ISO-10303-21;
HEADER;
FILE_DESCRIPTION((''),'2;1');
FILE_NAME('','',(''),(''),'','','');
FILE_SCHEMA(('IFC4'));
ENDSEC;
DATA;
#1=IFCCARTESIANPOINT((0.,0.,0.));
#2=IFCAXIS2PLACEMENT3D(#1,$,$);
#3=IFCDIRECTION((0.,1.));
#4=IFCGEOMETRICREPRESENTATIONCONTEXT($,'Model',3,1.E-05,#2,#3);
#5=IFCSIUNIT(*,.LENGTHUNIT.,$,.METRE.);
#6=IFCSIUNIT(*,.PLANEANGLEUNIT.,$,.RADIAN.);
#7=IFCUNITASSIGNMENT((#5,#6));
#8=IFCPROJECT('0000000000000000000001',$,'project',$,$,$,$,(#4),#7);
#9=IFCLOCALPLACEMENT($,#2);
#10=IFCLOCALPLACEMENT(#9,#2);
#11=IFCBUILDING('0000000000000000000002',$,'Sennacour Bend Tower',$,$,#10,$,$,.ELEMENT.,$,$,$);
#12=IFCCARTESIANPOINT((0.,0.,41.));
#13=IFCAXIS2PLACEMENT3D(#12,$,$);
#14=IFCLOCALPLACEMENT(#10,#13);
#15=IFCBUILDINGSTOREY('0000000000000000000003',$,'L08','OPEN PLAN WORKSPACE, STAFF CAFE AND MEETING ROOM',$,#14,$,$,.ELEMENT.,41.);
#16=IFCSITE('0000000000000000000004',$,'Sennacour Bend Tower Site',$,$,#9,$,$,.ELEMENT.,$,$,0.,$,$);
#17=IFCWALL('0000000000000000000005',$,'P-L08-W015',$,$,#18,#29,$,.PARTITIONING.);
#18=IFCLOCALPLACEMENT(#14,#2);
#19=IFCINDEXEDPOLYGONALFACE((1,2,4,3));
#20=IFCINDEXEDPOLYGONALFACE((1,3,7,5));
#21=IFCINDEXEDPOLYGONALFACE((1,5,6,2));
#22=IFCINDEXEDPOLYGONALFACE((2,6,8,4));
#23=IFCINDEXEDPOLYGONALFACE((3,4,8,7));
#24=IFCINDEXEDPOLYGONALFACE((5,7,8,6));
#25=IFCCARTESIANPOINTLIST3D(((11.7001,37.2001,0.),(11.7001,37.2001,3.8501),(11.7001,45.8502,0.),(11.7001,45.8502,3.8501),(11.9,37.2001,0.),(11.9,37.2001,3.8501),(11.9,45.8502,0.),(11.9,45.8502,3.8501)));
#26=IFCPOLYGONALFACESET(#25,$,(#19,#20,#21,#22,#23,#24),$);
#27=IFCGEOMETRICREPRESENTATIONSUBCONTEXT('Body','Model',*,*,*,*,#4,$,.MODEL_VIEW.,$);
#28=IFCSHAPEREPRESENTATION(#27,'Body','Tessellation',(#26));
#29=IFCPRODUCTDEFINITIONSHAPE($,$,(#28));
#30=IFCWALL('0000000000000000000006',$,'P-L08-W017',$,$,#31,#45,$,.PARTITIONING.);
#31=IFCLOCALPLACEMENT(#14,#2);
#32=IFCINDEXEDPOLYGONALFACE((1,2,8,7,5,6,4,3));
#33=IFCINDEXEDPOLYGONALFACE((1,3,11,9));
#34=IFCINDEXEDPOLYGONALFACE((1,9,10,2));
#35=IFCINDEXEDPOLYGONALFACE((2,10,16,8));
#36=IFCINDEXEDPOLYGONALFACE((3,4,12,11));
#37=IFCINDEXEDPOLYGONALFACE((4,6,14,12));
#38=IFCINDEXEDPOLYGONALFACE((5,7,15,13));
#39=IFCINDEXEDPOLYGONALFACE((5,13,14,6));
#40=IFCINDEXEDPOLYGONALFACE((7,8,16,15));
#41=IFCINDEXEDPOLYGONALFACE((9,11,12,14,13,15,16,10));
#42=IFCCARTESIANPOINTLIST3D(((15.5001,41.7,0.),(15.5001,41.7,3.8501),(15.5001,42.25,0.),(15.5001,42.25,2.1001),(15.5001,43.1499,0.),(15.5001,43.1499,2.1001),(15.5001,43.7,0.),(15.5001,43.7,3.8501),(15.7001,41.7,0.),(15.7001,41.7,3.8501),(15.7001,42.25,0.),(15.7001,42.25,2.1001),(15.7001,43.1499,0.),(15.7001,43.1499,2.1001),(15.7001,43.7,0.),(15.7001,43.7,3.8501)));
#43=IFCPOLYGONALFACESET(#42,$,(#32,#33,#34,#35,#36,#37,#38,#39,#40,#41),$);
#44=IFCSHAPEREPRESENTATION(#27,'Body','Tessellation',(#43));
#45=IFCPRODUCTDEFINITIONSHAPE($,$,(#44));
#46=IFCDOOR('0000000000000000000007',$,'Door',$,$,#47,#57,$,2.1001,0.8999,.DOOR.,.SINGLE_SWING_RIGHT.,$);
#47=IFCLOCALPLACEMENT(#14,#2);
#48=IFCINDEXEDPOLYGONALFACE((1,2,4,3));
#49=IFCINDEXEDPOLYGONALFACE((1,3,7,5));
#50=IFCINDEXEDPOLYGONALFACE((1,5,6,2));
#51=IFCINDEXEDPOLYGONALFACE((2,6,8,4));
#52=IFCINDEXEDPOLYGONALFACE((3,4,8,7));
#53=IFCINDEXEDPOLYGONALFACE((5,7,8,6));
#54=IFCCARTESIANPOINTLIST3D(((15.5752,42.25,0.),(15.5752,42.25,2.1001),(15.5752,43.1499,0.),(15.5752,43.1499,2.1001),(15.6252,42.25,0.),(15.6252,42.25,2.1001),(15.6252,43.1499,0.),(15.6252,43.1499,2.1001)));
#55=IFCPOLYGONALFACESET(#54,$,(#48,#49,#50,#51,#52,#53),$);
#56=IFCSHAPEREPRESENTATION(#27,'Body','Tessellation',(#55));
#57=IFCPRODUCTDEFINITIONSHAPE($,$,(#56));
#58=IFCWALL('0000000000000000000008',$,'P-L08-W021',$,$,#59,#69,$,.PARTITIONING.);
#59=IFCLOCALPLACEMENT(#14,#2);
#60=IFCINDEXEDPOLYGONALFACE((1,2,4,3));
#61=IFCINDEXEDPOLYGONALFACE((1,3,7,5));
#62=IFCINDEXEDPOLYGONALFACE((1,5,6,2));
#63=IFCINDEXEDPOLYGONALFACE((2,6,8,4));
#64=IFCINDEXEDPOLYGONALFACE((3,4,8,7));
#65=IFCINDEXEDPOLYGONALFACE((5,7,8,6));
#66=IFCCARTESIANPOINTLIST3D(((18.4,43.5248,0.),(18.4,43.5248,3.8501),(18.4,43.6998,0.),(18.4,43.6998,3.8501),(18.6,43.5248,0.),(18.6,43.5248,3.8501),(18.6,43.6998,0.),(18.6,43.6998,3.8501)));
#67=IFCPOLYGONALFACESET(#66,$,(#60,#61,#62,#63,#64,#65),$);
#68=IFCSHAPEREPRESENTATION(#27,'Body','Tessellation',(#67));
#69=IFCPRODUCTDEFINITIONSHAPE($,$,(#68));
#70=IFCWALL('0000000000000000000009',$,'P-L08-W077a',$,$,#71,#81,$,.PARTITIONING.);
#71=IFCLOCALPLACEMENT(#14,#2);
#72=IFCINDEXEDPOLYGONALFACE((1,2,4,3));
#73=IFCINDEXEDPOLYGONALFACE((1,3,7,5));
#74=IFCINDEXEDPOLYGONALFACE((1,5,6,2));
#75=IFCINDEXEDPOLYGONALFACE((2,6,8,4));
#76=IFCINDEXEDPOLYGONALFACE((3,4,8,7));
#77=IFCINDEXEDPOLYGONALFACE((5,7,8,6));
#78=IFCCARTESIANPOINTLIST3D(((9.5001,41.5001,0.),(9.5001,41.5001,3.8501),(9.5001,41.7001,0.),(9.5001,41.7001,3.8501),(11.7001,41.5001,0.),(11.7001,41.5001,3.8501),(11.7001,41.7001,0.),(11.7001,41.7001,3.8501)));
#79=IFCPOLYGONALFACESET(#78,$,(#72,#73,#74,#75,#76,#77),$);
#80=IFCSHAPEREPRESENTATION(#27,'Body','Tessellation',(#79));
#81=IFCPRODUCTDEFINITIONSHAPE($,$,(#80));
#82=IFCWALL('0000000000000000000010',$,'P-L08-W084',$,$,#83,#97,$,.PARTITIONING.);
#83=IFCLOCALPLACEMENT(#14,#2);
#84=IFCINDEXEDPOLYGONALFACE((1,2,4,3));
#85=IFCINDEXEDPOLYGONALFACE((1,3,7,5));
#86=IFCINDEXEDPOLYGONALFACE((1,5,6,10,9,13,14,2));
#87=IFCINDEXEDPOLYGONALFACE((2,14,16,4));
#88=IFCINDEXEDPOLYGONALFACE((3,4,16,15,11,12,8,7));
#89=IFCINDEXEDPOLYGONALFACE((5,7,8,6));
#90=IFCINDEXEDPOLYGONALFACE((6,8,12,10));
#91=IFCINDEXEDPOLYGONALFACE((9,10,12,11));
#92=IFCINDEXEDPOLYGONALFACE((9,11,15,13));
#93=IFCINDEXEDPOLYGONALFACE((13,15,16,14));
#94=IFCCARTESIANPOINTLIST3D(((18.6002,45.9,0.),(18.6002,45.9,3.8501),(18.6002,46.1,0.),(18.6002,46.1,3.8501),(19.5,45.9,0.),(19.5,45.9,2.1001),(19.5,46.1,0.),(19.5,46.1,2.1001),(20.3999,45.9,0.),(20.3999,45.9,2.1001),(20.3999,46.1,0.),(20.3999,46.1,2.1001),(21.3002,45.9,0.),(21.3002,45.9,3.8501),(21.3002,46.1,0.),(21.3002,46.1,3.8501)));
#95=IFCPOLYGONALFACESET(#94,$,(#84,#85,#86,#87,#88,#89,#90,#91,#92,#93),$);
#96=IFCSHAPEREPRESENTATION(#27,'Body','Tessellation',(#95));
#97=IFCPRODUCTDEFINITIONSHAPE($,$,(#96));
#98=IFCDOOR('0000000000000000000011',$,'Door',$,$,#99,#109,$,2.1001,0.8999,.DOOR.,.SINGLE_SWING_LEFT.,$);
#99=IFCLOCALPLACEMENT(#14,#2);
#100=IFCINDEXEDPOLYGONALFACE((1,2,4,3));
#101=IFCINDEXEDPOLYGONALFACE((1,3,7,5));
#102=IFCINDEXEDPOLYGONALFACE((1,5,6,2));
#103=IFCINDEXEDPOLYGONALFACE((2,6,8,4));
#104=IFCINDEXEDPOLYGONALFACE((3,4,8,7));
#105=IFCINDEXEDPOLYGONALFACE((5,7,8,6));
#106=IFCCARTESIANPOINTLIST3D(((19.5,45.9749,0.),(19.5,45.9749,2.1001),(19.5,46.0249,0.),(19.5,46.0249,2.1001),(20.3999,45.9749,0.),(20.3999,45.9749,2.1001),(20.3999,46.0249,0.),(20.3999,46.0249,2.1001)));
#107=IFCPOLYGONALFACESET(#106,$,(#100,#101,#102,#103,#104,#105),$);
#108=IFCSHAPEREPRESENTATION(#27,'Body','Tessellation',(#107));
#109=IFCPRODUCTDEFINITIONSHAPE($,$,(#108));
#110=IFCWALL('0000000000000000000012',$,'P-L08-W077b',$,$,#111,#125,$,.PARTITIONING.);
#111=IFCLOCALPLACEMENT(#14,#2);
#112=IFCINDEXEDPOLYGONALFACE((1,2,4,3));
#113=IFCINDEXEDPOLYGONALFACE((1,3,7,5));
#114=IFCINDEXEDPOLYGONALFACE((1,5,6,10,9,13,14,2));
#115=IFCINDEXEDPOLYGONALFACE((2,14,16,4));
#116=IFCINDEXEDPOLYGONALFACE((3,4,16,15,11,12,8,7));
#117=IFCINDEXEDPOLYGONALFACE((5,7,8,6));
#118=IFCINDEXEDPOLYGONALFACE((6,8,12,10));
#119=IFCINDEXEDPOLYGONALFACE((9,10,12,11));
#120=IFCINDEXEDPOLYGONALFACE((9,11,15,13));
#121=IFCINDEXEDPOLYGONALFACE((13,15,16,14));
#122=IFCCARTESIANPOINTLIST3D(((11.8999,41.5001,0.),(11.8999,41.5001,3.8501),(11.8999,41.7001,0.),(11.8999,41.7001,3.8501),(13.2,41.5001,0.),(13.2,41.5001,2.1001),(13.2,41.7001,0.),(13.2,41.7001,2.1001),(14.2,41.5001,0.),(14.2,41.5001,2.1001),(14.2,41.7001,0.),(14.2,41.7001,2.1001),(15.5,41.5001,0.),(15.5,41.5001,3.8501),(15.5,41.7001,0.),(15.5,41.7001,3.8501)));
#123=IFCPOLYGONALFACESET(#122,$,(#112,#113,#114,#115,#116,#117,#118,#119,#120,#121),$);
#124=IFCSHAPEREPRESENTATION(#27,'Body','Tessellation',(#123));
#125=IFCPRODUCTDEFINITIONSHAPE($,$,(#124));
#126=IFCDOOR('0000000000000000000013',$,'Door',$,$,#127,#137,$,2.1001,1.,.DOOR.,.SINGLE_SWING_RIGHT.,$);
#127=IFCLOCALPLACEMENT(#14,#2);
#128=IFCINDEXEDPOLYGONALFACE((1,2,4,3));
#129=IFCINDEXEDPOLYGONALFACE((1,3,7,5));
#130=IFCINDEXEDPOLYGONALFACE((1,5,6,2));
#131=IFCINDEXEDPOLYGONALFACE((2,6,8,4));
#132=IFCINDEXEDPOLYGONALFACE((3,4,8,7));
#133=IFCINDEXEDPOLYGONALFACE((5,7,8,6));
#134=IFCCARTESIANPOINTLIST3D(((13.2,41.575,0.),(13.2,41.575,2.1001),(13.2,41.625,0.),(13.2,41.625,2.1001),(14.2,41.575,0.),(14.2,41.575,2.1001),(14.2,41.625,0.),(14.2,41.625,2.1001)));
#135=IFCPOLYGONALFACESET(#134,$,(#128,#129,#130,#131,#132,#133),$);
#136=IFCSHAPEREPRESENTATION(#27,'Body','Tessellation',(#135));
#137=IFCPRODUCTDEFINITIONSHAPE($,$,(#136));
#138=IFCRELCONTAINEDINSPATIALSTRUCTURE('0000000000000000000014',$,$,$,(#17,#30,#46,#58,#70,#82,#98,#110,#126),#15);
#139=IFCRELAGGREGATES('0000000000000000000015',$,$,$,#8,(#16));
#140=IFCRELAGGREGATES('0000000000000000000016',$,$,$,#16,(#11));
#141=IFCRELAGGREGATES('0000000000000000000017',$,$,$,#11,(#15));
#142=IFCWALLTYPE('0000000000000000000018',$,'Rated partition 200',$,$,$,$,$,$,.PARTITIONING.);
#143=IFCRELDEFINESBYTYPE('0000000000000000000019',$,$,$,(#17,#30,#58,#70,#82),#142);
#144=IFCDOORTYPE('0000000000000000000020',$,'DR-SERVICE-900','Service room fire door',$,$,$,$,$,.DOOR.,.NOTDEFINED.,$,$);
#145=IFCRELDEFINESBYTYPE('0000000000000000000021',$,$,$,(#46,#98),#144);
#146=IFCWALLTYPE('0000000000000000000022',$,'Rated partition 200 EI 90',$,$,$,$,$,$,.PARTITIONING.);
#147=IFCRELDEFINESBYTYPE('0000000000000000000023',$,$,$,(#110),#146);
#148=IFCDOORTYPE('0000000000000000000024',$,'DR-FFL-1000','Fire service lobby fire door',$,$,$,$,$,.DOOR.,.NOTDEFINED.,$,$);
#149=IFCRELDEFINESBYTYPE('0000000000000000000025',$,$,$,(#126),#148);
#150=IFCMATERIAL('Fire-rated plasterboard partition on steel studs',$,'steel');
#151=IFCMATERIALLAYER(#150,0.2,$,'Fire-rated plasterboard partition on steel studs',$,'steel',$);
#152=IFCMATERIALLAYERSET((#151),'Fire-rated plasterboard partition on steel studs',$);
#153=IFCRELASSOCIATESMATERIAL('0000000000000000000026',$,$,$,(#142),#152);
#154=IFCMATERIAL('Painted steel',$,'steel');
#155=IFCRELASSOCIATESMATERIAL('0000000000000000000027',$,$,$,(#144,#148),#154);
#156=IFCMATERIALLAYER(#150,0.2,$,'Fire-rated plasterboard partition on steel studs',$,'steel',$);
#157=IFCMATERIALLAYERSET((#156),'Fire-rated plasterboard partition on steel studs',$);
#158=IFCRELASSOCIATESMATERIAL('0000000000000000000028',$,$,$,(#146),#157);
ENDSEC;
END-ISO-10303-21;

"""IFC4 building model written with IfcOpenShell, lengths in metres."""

from ifc_helpers import new_model, si_unit, direction, frame, frame_2d, origin, place, context, subcontext, project, spatial, rectangle, extrude, material, layer, layer_set, type_object, element, fill, save


model = new_model("IFC4")

# Units and contexts
model_context = context("Model", 3, precision=1e-05, world=origin(), true_north=direction((0.0, 1.0)))
body_context = subcontext(model_context, "Body", "Model", "MODEL_VIEW")
ifc_project = project(units=[si_unit("LENGTHUNIT", "METRE"), si_unit("PLANEANGLEUNIT", "RADIAN")], contexts=[model_context])

# Site, building, storey
site_placement = place(None, origin())
site = spatial("IfcSite", under=ifc_project, at=site_placement, Name="Sennacour Bend Tower Site", CompositionType="ELEMENT", RefElevation=0.0)
building_placement = place(site_placement, origin())
building = spatial("IfcBuilding", under=site, at=building_placement, Name="Sennacour Bend Tower", CompositionType="ELEMENT")
storey_placement = place(building_placement, frame((0.0, 0.0, 41.0)))
storey = spatial("IfcBuildingStorey", under=building, at=storey_placement, Name="L08", Description="OPEN PLAN WORKSPACE, STAFF CAFE AND MEETING ROOM", CompositionType="ELEMENT", Elevation=41.0)

# Wall
ifc_material_1 = material(Name="Fire-rated plasterboard partition on steel studs", Category="steel")
ifc_layer_1 = layer(ifc_material_1, 0.2, Name="Fire-rated plasterboard partition on steel studs", Category="steel")
ifc_layer_set_1 = layer_set([ifc_layer_1], Name="Fire-rated plasterboard partition on steel studs")
wall_type_1 = type_object("IfcWallType", Name="Rated partition 200", PredefinedType="PARTITIONING", material=ifc_layer_set_1)
wall_1_placement = place(storey_placement, frame((11.8, 37.2, 0.0), z_axis=(0.0, 0.0, 1.0), x_axis=(0.0, 1.0, 0.0)))
element("IfcWall", 1, at=wall_1_placement, inside=storey, type_object=wall_type_1, Name="P-L08-W015", PredefinedType="PARTITIONING", context=body_context, shape_type="SweptSolid", body=[
    extrude(rectangle(XDim=8.6501, YDim=0.2, at=frame_2d((4.3252, 0.0))), origin(), (0.0, 0.0, 1.0), 3.8501),
])

# Wall, opening, door
wall_2_placement = place(storey_placement, frame((15.6001, 41.7, 0.0), z_axis=(0.0, 0.0, 1.0), x_axis=(0.0, 1.0, 0.0)))
wall_2 = element("IfcWall", 2, at=wall_2_placement, inside=storey, type_object=wall_type_1, Name="P-L08-W017", PredefinedType="PARTITIONING", context=body_context, shape_type="SweptSolid", body=[
    extrude(rectangle(XDim=2.0, YDim=0.2, at=frame_2d((1.0, 0.0))), origin(), (0.0, 0.0, 1.0), 3.8501),
])
opening_1_placement = place(wall_2_placement, frame((0.55, 0.0, 0.0)))
opening_1 = element("IfcOpeningElement", 3, at=opening_1_placement, cuts=wall_2, PredefinedType="OPENING", context=body_context, shape_type="SweptSolid", body=[
    extrude(rectangle(XDim=0.8999, YDim=2.1001, at=frame_2d((0.45, 1.05))), frame((0.0, 0.1099, 0.0), z_axis=(0.0, -1.0, 0.0), x_axis=(1.0, 0.0, 0.0)), (0.0, 0.0, 1.0), 0.22),
])
ifc_material_2 = material(Name="Painted steel", Category="steel")
door_type_1 = type_object("IfcDoorType", Name="DR-SERVICE-900", Description="Service room fire door", OperationType="NOTDEFINED", PredefinedType="DOOR", material=ifc_material_2)
door_1_placement = place(opening_1_placement, origin())
door_1 = element("IfcDoor", 4, at=door_1_placement, inside=storey, type_object=door_type_1, Name="Door", OperationType="SINGLE_SWING_RIGHT", OverallHeight=2.1001, OverallWidth=0.8999, PredefinedType="DOOR", context=body_context, shape_type="SweptSolid", body=[
    extrude(rectangle(XDim=0.8999, YDim=2.1001, at=frame_2d((0.45, 1.05))), frame((0.0, 0.0249, 0.0), z_axis=(0.0, -1.0, 0.0), x_axis=(1.0, 0.0, 0.0)), (0.0, 0.0, 1.0), 0.05),
])
fill(opening_1, door_1)

# Walls
wall_3_placement = place(storey_placement, frame((18.5, 43.5249, 0.0), z_axis=(0.0, 0.0, 1.0), x_axis=(0.0, 1.0, 0.0)))
element("IfcWall", 5, at=wall_3_placement, inside=storey, type_object=wall_type_1, Name="P-L08-W021", PredefinedType="PARTITIONING", context=body_context, shape_type="SweptSolid", body=[
    extrude(rectangle(XDim=0.175, YDim=0.2, at=frame_2d((0.0874, 0.0))), origin(), (0.0, 0.0, 1.0), 3.8501),
])
wall_4_placement = place(storey_placement, frame((9.5, 41.6001, 0.0), z_axis=(0.0, 0.0, 1.0), x_axis=(1.0, 0.0, 0.0)))
element("IfcWall", 6, at=wall_4_placement, inside=storey, type_object=wall_type_1, Name="P-L08-W077a", PredefinedType="PARTITIONING", context=body_context, shape_type="SweptSolid", body=[
    extrude(rectangle(XDim=2.2, YDim=0.2, at=frame_2d((1.1001, 0.0))), origin(), (0.0, 0.0, 1.0), 3.8501),
])

# Walls, openings, doors
wall_5_placement = place(storey_placement, frame((18.6001, 46.0, 0.0), z_axis=(0.0, 0.0, 1.0), x_axis=(1.0, 0.0, 0.0)))
wall_5 = element("IfcWall", 7, at=wall_5_placement, inside=storey, type_object=wall_type_1, Name="P-L08-W084", PredefinedType="PARTITIONING", context=body_context, shape_type="SweptSolid", body=[
    extrude(rectangle(XDim=2.7, YDim=0.2, at=frame_2d((1.3501, 0.0))), origin(), (0.0, 0.0, 1.0), 3.8501),
])
opening_2_placement = place(wall_5_placement, frame((0.8999, 0.0, 0.0)))
opening_2 = element("IfcOpeningElement", 8, at=opening_2_placement, cuts=wall_5, PredefinedType="OPENING", context=body_context, shape_type="SweptSolid", body=[
    extrude(rectangle(XDim=0.8999, YDim=2.1001, at=frame_2d((0.45, 1.05))), frame((0.0, 0.1099, 0.0), z_axis=(0.0, -1.0, 0.0), x_axis=(1.0, 0.0, 0.0)), (0.0, 0.0, 1.0), 0.22),
])
door_2_placement = place(opening_2_placement, origin())
door_2 = element("IfcDoor", 9, at=door_2_placement, inside=storey, type_object=door_type_1, Name="Door", OperationType="SINGLE_SWING_LEFT", OverallHeight=2.1001, OverallWidth=0.8999, PredefinedType="DOOR", context=body_context, shape_type="SweptSolid", body=[
    extrude(rectangle(XDim=0.8999, YDim=2.1001, at=frame_2d((0.45, 1.05))), frame((0.0, 0.0249, 0.0), z_axis=(0.0, -1.0, 0.0), x_axis=(1.0, 0.0, 0.0)), (0.0, 0.0, 1.0), 0.05),
])
fill(opening_2, door_2)
ifc_layer_2 = layer(ifc_material_1, 0.2, Name="Fire-rated plasterboard partition on steel studs", Category="steel")
ifc_layer_set_2 = layer_set([ifc_layer_2], Name="Fire-rated plasterboard partition on steel studs")
wall_type_2 = type_object("IfcWallType", Name="Rated partition 200 EI 90", PredefinedType="PARTITIONING", material=ifc_layer_set_2)
wall_6_placement = place(storey_placement, frame((11.8999, 41.6001, 0.0), z_axis=(0.0, 0.0, 1.0), x_axis=(1.0, 0.0, 0.0)))
wall_6 = element("IfcWall", 10, at=wall_6_placement, inside=storey, type_object=wall_type_2, Name="P-L08-W077b", PredefinedType="PARTITIONING", context=body_context, shape_type="SweptSolid", body=[
    extrude(rectangle(XDim=3.6001, YDim=0.2, at=frame_2d((1.8, 0.0))), origin(), (0.0, 0.0, 1.0), 3.8501),
])
opening_3_placement = place(wall_6_placement, frame((1.3, 0.0, 0.0)))
opening_3 = element("IfcOpeningElement", 11, at=opening_3_placement, cuts=wall_6, PredefinedType="OPENING", context=body_context, shape_type="SweptSolid", body=[
    extrude(rectangle(XDim=1.0, YDim=2.1001, at=frame_2d((0.5, 1.05))), frame((0.0, 0.1099, 0.0), z_axis=(0.0, -1.0, 0.0), x_axis=(1.0, 0.0, 0.0)), (0.0, 0.0, 1.0), 0.22),
])
door_type_2 = type_object("IfcDoorType", Name="DR-FFL-1000", Description="Fire service lobby fire door", OperationType="NOTDEFINED", PredefinedType="DOOR", material=ifc_material_2)
door_3_placement = place(opening_3_placement, origin())
door_3 = element("IfcDoor", 12, at=door_3_placement, inside=storey, type_object=door_type_2, Name="Door", OperationType="SINGLE_SWING_RIGHT", OverallHeight=2.1001, OverallWidth=1.0, PredefinedType="DOOR", context=body_context, shape_type="SweptSolid", body=[
    extrude(rectangle(XDim=1.0, YDim=2.1001, at=frame_2d((0.5, 1.05))), frame((0.0, 0.0249, 0.0), z_axis=(0.0, -1.0, 0.0), x_axis=(1.0, 0.0, 0.0)), (0.0, 0.0, 1.0), 0.05),
])
fill(opening_3, door_3)

save(model, "model.ifc")
